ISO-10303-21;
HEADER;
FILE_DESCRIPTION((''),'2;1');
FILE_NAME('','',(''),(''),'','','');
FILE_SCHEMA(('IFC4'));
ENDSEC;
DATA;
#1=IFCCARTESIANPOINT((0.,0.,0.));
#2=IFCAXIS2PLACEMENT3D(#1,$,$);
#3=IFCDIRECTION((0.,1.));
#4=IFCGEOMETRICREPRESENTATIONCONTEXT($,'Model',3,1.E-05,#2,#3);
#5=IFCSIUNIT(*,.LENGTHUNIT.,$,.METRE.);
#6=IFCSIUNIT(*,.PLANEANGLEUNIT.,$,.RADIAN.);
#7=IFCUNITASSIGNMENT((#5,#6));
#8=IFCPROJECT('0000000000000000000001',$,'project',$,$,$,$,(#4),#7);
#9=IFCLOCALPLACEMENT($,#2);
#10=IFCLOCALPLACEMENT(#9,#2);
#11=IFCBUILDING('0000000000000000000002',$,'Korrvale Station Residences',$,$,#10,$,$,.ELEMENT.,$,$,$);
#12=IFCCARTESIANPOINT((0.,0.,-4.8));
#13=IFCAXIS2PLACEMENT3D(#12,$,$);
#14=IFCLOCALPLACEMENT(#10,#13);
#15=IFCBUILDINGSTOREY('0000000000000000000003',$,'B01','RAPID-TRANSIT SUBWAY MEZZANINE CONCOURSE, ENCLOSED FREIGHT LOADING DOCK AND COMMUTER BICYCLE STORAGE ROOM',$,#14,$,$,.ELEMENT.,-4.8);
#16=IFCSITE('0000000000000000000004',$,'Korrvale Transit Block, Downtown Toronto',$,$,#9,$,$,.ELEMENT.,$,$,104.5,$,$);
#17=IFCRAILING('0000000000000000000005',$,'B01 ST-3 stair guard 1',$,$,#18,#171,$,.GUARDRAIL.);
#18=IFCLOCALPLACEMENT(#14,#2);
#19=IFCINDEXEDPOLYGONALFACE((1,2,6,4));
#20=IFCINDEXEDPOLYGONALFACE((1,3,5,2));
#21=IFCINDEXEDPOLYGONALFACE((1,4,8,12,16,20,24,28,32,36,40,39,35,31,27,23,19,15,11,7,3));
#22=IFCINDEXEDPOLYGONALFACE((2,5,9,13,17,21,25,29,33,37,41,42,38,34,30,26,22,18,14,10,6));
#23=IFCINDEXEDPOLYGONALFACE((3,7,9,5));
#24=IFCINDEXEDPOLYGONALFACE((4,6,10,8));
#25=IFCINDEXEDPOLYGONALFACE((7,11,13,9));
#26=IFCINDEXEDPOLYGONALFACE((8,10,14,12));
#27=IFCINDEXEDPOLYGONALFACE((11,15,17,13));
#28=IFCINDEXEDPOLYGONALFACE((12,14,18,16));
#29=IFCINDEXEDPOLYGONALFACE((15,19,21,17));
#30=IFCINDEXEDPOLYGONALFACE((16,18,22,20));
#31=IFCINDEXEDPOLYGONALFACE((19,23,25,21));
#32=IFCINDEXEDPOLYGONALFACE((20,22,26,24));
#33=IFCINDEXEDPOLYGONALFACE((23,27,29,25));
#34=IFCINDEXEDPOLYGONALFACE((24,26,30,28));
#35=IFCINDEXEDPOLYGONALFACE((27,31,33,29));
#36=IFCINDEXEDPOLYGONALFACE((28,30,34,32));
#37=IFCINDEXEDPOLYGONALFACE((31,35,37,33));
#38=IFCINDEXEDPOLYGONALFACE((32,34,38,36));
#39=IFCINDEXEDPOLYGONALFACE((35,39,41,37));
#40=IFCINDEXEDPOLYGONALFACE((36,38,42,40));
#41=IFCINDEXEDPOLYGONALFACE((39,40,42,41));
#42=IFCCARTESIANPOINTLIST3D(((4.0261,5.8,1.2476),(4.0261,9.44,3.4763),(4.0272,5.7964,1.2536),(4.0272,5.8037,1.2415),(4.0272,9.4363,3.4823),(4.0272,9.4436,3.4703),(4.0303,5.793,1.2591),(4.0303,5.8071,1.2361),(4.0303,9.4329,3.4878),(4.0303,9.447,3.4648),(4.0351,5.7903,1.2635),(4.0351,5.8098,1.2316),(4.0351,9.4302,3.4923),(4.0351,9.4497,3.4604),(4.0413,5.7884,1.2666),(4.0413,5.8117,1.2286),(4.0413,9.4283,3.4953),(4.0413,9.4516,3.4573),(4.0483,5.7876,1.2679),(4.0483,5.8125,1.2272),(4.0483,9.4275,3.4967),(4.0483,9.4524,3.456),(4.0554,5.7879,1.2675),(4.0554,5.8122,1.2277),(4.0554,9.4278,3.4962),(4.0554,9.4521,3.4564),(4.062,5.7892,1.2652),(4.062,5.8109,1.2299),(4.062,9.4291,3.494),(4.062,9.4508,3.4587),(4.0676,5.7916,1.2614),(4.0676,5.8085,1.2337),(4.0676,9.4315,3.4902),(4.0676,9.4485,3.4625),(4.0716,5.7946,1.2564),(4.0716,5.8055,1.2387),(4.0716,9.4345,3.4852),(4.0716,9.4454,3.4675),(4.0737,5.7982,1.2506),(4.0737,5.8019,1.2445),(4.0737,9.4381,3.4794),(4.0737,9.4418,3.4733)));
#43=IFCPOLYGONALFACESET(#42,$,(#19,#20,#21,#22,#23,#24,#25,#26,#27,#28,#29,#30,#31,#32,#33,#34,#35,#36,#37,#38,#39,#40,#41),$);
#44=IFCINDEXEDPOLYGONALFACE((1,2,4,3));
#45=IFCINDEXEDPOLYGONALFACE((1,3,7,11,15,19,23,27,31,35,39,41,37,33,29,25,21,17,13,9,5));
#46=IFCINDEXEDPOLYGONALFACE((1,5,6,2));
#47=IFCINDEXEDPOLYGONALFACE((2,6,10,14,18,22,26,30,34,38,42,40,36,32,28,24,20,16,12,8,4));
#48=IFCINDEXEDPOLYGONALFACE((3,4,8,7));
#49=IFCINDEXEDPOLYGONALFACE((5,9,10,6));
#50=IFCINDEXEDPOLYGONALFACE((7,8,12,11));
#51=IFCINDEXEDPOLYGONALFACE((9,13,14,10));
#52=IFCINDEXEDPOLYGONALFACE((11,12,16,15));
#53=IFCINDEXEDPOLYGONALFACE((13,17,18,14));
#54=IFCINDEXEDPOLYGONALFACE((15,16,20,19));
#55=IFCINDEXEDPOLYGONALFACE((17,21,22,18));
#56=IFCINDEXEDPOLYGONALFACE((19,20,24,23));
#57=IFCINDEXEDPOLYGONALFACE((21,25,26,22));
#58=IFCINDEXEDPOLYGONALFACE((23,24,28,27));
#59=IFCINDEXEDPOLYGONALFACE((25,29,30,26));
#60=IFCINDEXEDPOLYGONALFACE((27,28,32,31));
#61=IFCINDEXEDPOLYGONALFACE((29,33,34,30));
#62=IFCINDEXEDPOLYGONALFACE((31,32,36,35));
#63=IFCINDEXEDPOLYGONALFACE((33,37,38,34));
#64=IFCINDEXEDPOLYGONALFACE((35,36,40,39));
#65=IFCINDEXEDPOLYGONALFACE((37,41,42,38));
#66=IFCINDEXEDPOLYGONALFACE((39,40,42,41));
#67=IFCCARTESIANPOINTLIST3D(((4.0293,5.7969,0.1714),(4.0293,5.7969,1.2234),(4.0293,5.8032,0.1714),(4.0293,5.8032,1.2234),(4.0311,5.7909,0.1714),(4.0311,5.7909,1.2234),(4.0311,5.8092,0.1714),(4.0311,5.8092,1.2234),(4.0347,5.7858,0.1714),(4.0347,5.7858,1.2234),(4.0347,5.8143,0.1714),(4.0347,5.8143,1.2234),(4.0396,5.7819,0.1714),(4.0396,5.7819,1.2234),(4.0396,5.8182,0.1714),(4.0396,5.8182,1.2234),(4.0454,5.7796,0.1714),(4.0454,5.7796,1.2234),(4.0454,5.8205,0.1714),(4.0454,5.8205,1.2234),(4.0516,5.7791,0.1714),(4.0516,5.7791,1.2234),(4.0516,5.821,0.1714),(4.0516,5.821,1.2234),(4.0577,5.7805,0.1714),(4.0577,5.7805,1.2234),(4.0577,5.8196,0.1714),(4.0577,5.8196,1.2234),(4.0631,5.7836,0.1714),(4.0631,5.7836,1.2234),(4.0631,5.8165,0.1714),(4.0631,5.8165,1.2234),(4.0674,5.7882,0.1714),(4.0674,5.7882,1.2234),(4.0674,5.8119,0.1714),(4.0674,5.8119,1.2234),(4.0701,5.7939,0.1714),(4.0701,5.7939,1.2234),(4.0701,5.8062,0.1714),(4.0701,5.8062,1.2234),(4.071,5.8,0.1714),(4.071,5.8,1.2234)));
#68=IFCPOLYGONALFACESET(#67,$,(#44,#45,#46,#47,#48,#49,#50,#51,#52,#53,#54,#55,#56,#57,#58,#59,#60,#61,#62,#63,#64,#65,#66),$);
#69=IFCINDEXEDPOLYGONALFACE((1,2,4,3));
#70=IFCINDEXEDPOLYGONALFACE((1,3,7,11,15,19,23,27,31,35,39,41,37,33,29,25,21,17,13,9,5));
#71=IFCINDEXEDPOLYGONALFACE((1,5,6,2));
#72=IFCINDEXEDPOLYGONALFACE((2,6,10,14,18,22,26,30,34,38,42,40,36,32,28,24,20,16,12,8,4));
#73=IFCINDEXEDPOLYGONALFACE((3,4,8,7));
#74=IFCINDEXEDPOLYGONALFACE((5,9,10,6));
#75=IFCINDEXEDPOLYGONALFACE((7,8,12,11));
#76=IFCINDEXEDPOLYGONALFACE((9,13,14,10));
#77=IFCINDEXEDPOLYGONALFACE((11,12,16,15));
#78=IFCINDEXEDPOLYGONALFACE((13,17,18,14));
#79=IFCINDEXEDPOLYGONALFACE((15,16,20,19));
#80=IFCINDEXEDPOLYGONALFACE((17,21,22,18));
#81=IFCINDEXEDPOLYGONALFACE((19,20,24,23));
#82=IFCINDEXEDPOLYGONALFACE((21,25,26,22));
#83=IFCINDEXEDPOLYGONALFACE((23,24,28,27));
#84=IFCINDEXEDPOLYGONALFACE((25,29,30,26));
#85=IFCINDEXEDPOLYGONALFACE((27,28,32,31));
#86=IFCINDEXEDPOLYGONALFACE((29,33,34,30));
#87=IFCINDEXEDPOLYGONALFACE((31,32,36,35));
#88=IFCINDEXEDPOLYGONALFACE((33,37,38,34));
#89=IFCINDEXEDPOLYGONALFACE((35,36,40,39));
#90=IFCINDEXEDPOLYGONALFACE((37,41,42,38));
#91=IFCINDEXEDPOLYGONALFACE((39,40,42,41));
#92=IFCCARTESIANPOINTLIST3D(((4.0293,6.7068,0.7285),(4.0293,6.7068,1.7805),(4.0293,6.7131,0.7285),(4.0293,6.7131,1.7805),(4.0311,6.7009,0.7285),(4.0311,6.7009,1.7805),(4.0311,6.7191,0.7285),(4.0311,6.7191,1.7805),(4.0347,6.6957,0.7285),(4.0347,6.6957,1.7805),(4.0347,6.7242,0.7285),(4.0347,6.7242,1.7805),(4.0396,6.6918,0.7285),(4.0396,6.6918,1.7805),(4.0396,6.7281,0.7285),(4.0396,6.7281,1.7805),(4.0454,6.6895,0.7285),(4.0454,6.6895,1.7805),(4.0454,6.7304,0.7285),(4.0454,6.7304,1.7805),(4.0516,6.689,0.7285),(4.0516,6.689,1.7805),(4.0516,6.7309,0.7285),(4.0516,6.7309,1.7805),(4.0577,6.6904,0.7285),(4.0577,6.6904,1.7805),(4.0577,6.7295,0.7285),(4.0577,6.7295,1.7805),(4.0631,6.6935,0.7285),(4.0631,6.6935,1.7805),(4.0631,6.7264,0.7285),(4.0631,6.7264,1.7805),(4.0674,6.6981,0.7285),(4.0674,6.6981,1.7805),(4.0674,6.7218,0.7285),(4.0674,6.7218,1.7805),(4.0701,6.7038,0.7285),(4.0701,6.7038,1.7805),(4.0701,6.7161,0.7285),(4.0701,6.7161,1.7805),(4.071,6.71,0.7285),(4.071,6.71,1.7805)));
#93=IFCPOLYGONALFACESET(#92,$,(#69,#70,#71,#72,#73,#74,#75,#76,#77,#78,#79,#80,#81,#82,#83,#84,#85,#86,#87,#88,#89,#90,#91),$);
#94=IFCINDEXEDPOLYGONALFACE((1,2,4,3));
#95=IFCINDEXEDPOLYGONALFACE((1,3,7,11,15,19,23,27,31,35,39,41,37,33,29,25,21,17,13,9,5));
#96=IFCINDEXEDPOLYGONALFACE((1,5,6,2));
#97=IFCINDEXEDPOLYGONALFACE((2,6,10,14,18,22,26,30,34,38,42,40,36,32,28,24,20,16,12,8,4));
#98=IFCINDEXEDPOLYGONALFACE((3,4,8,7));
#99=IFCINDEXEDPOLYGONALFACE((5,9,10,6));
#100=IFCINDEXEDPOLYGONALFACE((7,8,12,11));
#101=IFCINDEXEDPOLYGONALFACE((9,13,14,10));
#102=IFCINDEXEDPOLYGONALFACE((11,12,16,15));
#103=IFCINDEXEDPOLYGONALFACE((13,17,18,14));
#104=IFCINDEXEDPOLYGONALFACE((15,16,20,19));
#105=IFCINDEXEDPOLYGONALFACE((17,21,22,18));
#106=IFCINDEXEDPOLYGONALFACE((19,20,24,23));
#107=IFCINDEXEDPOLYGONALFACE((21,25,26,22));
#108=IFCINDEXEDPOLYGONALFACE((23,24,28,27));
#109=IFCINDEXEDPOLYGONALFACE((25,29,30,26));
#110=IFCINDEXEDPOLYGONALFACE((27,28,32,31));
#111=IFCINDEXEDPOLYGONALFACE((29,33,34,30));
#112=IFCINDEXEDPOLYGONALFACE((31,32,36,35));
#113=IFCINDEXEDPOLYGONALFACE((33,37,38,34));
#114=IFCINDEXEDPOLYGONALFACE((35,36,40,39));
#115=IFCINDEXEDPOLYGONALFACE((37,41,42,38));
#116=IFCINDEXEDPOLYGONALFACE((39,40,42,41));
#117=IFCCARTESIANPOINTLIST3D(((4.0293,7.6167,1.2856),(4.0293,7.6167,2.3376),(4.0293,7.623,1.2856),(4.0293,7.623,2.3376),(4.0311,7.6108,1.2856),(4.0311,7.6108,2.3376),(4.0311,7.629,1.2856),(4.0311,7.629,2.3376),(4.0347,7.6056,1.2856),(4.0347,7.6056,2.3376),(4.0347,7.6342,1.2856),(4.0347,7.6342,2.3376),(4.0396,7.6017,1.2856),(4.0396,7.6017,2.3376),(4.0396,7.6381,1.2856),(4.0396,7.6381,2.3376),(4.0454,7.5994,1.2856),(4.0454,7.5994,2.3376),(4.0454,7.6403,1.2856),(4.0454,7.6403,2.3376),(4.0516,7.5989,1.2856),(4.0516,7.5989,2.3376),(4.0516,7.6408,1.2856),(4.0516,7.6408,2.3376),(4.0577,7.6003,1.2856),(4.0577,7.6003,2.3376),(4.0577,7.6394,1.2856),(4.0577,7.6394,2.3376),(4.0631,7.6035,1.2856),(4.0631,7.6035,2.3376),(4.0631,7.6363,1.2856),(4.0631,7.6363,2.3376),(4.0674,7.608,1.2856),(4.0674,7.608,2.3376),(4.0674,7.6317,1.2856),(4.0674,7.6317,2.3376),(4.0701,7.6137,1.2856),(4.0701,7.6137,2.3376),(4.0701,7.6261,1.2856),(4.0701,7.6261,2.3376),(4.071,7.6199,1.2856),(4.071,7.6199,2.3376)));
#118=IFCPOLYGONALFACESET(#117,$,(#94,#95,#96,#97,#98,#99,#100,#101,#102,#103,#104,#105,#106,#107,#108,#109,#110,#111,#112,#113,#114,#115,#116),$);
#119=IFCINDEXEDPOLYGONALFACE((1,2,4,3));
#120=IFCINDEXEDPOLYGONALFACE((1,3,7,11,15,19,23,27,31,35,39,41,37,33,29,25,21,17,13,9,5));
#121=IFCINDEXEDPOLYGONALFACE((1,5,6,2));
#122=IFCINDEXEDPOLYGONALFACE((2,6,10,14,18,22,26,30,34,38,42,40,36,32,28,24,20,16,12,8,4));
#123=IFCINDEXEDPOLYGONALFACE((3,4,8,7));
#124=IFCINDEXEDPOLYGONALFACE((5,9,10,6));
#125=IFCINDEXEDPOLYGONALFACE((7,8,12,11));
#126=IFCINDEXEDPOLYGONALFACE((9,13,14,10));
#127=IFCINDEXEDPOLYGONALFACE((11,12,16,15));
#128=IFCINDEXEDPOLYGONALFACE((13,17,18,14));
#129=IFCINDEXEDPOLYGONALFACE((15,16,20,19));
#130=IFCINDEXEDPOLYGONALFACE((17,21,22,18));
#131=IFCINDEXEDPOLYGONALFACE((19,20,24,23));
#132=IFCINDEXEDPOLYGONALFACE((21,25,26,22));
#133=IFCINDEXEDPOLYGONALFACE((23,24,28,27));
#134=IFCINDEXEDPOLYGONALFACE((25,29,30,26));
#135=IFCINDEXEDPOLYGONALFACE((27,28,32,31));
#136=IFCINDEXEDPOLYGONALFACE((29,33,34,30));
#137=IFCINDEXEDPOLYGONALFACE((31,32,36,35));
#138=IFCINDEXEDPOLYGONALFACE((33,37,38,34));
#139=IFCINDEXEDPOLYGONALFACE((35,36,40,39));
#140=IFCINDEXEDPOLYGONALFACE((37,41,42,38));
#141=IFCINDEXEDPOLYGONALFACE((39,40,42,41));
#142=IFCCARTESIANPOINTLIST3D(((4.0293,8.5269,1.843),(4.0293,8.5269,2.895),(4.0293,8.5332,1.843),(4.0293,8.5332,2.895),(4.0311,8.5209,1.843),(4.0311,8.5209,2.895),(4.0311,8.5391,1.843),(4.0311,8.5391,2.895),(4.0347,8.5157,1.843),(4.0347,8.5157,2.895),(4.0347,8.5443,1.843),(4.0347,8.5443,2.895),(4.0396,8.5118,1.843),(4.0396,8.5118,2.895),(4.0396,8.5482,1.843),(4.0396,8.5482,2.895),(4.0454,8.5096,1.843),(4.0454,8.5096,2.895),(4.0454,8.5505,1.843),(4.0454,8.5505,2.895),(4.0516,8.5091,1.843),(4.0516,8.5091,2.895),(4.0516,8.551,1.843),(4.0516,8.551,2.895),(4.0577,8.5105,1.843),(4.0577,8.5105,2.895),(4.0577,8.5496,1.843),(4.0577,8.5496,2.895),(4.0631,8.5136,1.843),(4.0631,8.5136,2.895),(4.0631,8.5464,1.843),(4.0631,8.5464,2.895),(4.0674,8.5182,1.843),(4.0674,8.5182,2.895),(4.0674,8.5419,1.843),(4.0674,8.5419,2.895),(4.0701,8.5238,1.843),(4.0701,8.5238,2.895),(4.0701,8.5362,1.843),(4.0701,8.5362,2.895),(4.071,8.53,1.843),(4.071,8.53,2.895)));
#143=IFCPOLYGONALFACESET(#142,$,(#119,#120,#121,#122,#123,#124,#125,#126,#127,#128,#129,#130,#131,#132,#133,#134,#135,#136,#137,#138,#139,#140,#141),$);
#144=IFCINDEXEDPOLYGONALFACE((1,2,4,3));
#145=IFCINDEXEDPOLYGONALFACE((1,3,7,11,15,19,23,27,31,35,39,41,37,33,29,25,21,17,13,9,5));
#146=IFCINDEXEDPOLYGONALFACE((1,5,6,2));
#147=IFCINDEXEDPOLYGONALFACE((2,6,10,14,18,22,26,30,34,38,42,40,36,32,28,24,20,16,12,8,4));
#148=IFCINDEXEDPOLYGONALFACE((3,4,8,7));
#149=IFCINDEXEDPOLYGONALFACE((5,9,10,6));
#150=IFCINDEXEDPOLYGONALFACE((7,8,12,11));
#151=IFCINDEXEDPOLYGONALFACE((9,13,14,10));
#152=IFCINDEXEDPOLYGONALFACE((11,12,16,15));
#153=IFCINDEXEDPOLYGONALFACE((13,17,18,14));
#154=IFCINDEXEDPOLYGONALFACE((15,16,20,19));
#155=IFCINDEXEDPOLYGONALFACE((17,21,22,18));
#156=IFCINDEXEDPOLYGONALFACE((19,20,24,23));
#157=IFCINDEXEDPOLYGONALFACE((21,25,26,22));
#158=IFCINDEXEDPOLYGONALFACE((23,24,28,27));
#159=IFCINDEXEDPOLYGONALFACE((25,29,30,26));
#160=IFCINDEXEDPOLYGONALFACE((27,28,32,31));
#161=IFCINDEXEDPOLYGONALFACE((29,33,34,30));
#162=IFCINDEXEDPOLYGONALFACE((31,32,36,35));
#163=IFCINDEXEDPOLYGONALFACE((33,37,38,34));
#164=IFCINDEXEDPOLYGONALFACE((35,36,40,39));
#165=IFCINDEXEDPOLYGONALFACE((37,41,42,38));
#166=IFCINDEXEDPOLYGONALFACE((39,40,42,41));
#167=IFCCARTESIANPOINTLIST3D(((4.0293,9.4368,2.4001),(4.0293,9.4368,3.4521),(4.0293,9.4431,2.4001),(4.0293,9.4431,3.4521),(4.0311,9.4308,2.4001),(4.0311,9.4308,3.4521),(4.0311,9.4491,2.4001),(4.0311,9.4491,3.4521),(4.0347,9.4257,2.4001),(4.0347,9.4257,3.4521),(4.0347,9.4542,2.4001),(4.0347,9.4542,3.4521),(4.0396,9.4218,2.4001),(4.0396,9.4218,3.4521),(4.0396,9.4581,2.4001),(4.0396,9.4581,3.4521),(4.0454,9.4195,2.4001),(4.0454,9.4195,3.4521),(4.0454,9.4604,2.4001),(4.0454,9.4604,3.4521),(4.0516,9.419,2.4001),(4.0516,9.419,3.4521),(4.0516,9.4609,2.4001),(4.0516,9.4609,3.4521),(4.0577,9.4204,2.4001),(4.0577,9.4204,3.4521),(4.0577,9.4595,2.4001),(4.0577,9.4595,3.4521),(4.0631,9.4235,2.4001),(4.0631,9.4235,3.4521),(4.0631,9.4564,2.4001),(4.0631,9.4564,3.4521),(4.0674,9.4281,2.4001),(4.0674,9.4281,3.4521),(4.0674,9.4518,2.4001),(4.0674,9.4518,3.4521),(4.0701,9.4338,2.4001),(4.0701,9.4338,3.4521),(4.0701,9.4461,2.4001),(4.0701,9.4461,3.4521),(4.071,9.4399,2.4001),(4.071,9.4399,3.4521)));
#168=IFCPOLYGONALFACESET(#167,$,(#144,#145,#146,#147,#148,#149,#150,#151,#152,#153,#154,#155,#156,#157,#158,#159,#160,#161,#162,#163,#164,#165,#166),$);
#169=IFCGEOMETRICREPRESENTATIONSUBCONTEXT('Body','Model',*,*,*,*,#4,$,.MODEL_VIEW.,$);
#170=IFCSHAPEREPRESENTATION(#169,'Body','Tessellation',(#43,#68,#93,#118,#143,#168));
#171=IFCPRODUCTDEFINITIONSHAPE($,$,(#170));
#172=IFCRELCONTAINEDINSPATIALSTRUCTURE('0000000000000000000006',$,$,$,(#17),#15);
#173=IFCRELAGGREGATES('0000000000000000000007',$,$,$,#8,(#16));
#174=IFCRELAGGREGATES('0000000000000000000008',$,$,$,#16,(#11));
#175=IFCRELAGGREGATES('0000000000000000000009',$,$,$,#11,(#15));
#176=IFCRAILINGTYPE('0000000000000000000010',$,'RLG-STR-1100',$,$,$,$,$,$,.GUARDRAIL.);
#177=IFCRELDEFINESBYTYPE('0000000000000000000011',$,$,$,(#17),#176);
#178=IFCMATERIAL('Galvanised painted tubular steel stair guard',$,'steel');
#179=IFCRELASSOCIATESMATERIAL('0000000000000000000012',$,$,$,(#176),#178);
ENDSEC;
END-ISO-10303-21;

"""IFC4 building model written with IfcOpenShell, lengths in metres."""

from ifc_helpers import new_model, si_unit, direction, frame, origin, origin_2d, place, context, subcontext, project, spatial, circle, extrude, material, type_object, element, save


model = new_model("IFC4")

# Units and contexts
model_context = context("Model", 3, precision=1e-05, world=origin(), true_north=direction((0.0, 1.0)))
body_context = subcontext(model_context, "Body", "Model", "MODEL_VIEW")
ifc_project = project(units=[si_unit("LENGTHUNIT", "METRE"), si_unit("PLANEANGLEUNIT", "RADIAN")], contexts=[model_context])

# Site, building, storey
site_placement = place(None, origin())
site = spatial("IfcSite", under=ifc_project, at=site_placement, Name="Korrvale Transit Block, Downtown Toronto", CompositionType="ELEMENT", RefElevation=104.5)
building_placement = place(site_placement, origin())
building = spatial("IfcBuilding", under=site, at=building_placement, Name="Korrvale Station Residences", CompositionType="ELEMENT")
storey_placement = place(building_placement, frame((0.0, 0.0, -4.8)))
storey = spatial("IfcBuildingStorey", under=building, at=storey_placement, Name="B01", Description="RAPID-TRANSIT SUBWAY MEZZANINE CONCOURSE, ENCLOSED FREIGHT LOADING DOCK AND COMMUTER BICYCLE STORAGE ROOM", CompositionType="ELEMENT", Elevation=-4.8)

# Railing
ifc_material_1 = material(Name="Galvanised painted tubular steel stair guard", Category="steel")
railing_type_1 = type_object("IfcRailingType", Name="RLG-STR-1100", PredefinedType="GUARDRAIL", material=ifc_material_1)
railing_1_placement = place(storey_placement, frame((4.05, 5.8, 0.1714)))
element("IfcRailing", 1, at=railing_1_placement, inside=storey, type_object=railing_type_1, Name="B01 ST-3 stair guard 1", PredefinedType="GUARDRAIL", context=body_context, shape_type="SweptSolid", body=[
    extrude(circle(Radius=0.0239, at=origin_2d()), frame((0.0, 0.0, 1.0762), z_axis=(0.0, 0.852825, 0.522197), x_axis=(-1.0, 0.0, 0.0)), (0.0, 0.0, 1.0), 4.2681),
    extrude(circle(Radius=0.021, at=origin_2d()), origin(), (0.0, 0.0, 1.0), 1.052),
    extrude(circle(Radius=0.021, at=origin_2d()), frame((0.0, 0.9099, 0.5571)), (0.0, 0.0, 1.0), 1.052),
    extrude(circle(Radius=0.021, at=origin_2d()), frame((0.0, 1.8198, 1.1143)), (0.0, 0.0, 1.0), 1.052),
    extrude(circle(Radius=0.021, at=origin_2d()), frame((0.0, 2.73, 1.6716)), (0.0, 0.0, 1.0), 1.052),
    extrude(circle(Radius=0.021, at=origin_2d()), frame((0.0, 3.6399, 2.2288)), (0.0, 0.0, 1.0), 1.052),
])

save(model, "model.ifc")
